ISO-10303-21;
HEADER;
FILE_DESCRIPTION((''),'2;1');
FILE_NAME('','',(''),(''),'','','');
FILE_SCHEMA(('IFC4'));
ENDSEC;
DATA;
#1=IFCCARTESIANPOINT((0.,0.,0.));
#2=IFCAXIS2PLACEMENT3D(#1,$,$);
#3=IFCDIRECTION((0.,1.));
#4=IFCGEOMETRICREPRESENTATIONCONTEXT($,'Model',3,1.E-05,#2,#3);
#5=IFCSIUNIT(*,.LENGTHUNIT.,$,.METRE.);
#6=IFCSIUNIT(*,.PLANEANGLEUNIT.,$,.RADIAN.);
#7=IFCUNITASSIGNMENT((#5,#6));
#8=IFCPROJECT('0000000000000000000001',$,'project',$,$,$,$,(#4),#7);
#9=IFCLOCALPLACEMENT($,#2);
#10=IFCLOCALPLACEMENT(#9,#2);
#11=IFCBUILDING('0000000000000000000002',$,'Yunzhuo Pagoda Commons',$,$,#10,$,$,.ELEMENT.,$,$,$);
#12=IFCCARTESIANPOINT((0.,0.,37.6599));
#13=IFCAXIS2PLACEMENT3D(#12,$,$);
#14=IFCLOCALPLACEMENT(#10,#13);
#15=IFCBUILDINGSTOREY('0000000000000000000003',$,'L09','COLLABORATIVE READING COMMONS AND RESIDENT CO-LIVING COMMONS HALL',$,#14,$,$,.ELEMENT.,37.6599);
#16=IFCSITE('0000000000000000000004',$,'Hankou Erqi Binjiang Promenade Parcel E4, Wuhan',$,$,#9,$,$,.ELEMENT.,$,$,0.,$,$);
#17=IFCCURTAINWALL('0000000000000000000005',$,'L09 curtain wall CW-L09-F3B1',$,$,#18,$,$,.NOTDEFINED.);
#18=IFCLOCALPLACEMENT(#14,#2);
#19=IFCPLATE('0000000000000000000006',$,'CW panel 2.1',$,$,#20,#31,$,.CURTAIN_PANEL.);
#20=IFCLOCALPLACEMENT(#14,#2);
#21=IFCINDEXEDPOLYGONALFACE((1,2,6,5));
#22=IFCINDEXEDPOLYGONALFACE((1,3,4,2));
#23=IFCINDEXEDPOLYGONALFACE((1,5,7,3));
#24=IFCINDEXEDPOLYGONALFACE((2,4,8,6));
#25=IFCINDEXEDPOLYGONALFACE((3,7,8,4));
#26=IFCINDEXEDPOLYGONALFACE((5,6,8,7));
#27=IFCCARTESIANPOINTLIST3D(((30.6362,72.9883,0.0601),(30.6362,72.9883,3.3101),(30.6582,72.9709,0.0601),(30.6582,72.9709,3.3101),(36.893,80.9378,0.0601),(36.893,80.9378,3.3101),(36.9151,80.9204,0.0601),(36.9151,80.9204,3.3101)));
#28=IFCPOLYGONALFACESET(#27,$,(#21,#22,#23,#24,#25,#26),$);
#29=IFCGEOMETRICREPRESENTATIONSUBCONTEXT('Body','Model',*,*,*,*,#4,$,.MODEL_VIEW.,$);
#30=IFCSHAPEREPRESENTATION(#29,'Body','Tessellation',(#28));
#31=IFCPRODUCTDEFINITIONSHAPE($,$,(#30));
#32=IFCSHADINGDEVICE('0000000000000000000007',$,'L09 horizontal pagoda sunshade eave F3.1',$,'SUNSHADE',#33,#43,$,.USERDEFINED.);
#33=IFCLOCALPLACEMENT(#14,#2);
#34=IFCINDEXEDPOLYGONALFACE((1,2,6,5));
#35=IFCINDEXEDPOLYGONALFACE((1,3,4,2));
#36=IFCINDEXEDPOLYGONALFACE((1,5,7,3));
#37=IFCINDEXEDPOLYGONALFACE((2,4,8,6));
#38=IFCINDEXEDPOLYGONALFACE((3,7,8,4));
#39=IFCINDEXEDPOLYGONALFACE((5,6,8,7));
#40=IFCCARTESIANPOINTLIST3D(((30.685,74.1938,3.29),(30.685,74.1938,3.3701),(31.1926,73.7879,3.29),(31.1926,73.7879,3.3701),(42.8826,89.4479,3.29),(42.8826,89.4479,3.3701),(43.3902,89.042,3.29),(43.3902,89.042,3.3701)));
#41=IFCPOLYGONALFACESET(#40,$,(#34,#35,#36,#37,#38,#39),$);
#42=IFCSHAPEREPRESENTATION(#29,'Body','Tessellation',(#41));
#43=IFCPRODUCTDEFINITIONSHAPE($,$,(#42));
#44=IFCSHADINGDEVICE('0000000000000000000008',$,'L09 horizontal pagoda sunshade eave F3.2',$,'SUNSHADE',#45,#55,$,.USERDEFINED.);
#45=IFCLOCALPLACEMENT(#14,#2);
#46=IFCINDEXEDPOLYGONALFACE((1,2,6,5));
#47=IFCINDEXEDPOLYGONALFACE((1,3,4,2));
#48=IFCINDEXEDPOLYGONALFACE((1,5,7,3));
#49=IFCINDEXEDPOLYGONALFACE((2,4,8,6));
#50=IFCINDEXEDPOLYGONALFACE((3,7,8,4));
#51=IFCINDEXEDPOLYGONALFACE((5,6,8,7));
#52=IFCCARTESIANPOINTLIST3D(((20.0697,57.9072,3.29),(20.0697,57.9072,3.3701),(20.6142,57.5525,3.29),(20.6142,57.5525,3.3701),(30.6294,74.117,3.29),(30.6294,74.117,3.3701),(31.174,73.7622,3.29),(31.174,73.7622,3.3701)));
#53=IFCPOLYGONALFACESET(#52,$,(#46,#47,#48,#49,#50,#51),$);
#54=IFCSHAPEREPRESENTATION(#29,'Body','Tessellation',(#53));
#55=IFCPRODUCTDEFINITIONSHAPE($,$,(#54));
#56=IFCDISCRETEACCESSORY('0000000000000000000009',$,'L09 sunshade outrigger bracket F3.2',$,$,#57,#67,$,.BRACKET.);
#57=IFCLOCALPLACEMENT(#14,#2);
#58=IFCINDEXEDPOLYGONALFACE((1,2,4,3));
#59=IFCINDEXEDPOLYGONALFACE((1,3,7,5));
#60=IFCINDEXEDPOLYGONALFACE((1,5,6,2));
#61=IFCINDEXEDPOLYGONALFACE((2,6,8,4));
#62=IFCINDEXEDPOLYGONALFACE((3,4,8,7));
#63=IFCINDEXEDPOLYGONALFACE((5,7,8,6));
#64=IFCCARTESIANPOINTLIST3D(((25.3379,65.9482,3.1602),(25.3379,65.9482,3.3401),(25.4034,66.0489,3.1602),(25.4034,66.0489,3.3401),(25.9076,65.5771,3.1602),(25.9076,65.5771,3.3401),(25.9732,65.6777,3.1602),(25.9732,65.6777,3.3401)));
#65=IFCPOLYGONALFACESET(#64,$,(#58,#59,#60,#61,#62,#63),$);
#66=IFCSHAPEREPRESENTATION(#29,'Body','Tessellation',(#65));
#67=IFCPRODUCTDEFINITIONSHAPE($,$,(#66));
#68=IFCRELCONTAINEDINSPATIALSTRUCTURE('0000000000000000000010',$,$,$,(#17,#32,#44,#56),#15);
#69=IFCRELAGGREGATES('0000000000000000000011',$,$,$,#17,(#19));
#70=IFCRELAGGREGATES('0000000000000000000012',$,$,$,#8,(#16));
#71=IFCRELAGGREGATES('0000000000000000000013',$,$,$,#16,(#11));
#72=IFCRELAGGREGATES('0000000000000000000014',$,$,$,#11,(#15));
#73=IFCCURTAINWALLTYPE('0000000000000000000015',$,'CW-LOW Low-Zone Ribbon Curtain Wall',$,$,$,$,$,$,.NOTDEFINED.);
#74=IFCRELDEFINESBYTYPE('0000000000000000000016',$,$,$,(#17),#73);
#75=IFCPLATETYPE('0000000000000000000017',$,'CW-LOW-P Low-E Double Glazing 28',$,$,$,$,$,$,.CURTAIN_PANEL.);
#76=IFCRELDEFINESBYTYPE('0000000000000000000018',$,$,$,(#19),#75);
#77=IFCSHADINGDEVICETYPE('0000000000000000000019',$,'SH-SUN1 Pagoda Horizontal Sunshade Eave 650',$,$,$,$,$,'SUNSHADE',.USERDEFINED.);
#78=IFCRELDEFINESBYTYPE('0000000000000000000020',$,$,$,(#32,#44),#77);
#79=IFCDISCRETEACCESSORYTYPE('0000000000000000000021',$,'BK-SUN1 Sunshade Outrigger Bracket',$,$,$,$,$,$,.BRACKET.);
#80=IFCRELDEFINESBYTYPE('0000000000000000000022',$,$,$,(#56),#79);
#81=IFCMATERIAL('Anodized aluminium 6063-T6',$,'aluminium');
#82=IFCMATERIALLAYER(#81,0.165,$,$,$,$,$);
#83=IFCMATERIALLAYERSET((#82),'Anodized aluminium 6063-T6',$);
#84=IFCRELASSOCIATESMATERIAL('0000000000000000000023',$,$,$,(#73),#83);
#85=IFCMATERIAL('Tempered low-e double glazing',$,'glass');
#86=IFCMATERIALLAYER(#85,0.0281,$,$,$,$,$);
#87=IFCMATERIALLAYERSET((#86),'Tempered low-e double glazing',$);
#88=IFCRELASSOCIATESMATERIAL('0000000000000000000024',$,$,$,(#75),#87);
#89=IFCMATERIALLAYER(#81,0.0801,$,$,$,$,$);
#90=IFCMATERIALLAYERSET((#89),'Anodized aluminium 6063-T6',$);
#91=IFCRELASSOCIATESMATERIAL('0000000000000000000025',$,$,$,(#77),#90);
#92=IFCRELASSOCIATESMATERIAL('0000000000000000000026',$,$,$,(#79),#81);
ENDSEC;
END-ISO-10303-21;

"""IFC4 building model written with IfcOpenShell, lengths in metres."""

from ifc_helpers import new_model, si_unit, direction, frame, origin, origin_2d, place, context, subcontext, project, spatial, rectangle, extrude, source, transform, mapped, material, layer, layer_set, type_object, element, aggregate, save


model = new_model("IFC4")

# Units and contexts
model_context = context("Model", 3, precision=1e-05, world=origin(), true_north=direction((0.0, 1.0)))
body_context = subcontext(model_context, "Body", "Model", "MODEL_VIEW")
ifc_project = project(units=[si_unit("LENGTHUNIT", "METRE"), si_unit("PLANEANGLEUNIT", "RADIAN")], contexts=[model_context])

# Site, building, storey
site_placement = place(None, origin())
site = spatial("IfcSite", under=ifc_project, at=site_placement, Name="Hankou Erqi Binjiang Promenade Parcel E4, Wuhan", CompositionType="ELEMENT", RefElevation=0.0)
building_placement = place(site_placement, origin())
building = spatial("IfcBuilding", under=site, at=building_placement, Name="Yunzhuo Pagoda Commons", CompositionType="ELEMENT")
storey_placement = place(building_placement, frame((0.0, 0.0, 37.6599)))
storey = spatial("IfcBuildingStorey", under=building, at=storey_placement, Name="L09", Description="COLLABORATIVE READING COMMONS AND RESIDENT CO-LIVING COMMONS HALL", CompositionType="ELEMENT", Elevation=37.6599)

# Curtain wall
ifc_material_1 = material(Name="Anodized aluminium 6063-T6", Category="aluminium")
ifc_layer_1 = layer(ifc_material_1, 0.165)
ifc_layer_set_1 = layer_set([ifc_layer_1], Name="Anodized aluminium 6063-T6")
curtain_wall_type = type_object("IfcCurtainWallType", Name="CW-LOW Low-Zone Ribbon Curtain Wall", PredefinedType="NOTDEFINED", material=ifc_layer_set_1)
curtain_wall_1_placement = place(storey_placement, origin())
curtain_wall_1 = element("IfcCurtainWall", 1, at=curtain_wall_1_placement, inside=storey, type_object=curtain_wall_type, Name="L09 curtain wall CW-L09-F3B1", PredefinedType="NOTDEFINED")

# Plate
ifc_material_2 = material(Name="Tempered low-e double glazing", Category="glass")
ifc_layer_2 = layer(ifc_material_2, 0.0281)
ifc_layer_set_2 = layer_set([ifc_layer_2], Name="Tempered low-e double glazing")
plate_type_1 = type_object("IfcPlateType", Name="CW-LOW-P Low-E Double Glazing 28", PredefinedType="CURTAIN_PANEL", material=ifc_layer_set_2)
shared_shape_1 = source(origin(), body_context, "Body", "SweptSolid", [
    extrude(rectangle(XDim=10.1165, YDim=0.0281, at=origin_2d()), origin(), (0.0, 0.0, 1.0), 3.25),
])
plate_1_placement = place(storey_placement, frame((33.7756, 76.9543, 0.0601), z_axis=(0.0, 0.0, 1.0), x_axis=(-0.618481, -0.7858, 0.0)))
plate_1 = element("IfcPlate", 2, at=plate_1_placement, type_object=plate_type_1, Name="CW panel 2.1", PredefinedType="CURTAIN_PANEL", context=body_context, shape_type="MappedRepresentation", body=[
    mapped(shared_shape_1, transform((0.0, 0.0, 0.0), scale=1.0)),
])
aggregate(curtain_wall_1, [plate_1])

# Shading devices
ifc_layer_3 = layer(ifc_material_1, 0.0801)
ifc_layer_set_3 = layer_set([ifc_layer_3], Name="Anodized aluminium 6063-T6")
shading_device_type = type_object("IfcShadingDeviceType", Name="SH-SUN1 Pagoda Horizontal Sunshade Eave 650", ElementType="SUNSHADE", PredefinedType="USERDEFINED", material=ifc_layer_set_3)
shared_shape_2 = source(origin(), body_context, "Body", "SweptSolid", [
    extrude(rectangle(XDim=19.5312, YDim=0.6499, at=origin_2d()), origin(), (0.0, 0.0, 1.0), 0.0801),
])
shading_device_1_placement = place(storey_placement, frame((37.0376, 81.6179, 3.29), z_axis=(0.0, 0.0, 1.0), x_axis=(-0.62452, -0.781008, 0.0)))
element("IfcShadingDevice", 3, at=shading_device_1_placement, inside=storey, type_object=shading_device_type, Name="L09 horizontal pagoda sunshade eave F3.1", ObjectType="SUNSHADE", PredefinedType="USERDEFINED", context=body_context, shape_type="MappedRepresentation", body=[
    mapped(shared_shape_2, transform((0.0, 0.0, 0.0), scale=1.0)),
])
shared_shape_3 = source(origin(), body_context, "Body", "SweptSolid", [
    extrude(rectangle(XDim=19.3459, YDim=0.6499, at=origin_2d()), origin(), (0.0, 0.0, 1.0), 0.0801),
])
shading_device_2_placement = place(storey_placement, frame((25.6218, 65.8347, 3.29), z_axis=(0.0, 0.0, 1.0), x_axis=(-0.545839, -0.83789, 0.0)))
element("IfcShadingDevice", 4, at=shading_device_2_placement, inside=storey, type_object=shading_device_type, Name="L09 horizontal pagoda sunshade eave F3.2", ObjectType="SUNSHADE", PredefinedType="USERDEFINED", context=body_context, shape_type="MappedRepresentation", body=[
    mapped(shared_shape_3, transform((0.0, 0.0, 0.0), scale=1.0)),
])

# Discrete accessory
discrete_accessory_type = type_object("IfcDiscreteAccessoryType", Name="BK-SUN1 Sunshade Outrigger Bracket", PredefinedType="BRACKET", material=ifc_material_1)
shared_shape_4 = source(origin(), body_context, "Body", "SweptSolid", [
    extrude(rectangle(XDim=0.1201, YDim=0.6799, at=origin_2d()), origin(), (0.0, 0.0, 1.0), 0.1799),
])
discrete_accessory_placement = place(storey_placement, frame((25.6555, 65.813, 3.1602), z_axis=(0.0, 0.0, 1.0), x_axis=(-0.545839, -0.83789, 0.0)))
element("IfcDiscreteAccessory", 5, at=discrete_accessory_placement, inside=storey, type_object=discrete_accessory_type, Name="L09 sunshade outrigger bracket F3.2", PredefinedType="BRACKET", context=body_context, shape_type="MappedRepresentation", body=[
    mapped(shared_shape_4, transform((0.0, 0.0, 0.0), scale=1.0)),
])

save(model, "model.ifc")
